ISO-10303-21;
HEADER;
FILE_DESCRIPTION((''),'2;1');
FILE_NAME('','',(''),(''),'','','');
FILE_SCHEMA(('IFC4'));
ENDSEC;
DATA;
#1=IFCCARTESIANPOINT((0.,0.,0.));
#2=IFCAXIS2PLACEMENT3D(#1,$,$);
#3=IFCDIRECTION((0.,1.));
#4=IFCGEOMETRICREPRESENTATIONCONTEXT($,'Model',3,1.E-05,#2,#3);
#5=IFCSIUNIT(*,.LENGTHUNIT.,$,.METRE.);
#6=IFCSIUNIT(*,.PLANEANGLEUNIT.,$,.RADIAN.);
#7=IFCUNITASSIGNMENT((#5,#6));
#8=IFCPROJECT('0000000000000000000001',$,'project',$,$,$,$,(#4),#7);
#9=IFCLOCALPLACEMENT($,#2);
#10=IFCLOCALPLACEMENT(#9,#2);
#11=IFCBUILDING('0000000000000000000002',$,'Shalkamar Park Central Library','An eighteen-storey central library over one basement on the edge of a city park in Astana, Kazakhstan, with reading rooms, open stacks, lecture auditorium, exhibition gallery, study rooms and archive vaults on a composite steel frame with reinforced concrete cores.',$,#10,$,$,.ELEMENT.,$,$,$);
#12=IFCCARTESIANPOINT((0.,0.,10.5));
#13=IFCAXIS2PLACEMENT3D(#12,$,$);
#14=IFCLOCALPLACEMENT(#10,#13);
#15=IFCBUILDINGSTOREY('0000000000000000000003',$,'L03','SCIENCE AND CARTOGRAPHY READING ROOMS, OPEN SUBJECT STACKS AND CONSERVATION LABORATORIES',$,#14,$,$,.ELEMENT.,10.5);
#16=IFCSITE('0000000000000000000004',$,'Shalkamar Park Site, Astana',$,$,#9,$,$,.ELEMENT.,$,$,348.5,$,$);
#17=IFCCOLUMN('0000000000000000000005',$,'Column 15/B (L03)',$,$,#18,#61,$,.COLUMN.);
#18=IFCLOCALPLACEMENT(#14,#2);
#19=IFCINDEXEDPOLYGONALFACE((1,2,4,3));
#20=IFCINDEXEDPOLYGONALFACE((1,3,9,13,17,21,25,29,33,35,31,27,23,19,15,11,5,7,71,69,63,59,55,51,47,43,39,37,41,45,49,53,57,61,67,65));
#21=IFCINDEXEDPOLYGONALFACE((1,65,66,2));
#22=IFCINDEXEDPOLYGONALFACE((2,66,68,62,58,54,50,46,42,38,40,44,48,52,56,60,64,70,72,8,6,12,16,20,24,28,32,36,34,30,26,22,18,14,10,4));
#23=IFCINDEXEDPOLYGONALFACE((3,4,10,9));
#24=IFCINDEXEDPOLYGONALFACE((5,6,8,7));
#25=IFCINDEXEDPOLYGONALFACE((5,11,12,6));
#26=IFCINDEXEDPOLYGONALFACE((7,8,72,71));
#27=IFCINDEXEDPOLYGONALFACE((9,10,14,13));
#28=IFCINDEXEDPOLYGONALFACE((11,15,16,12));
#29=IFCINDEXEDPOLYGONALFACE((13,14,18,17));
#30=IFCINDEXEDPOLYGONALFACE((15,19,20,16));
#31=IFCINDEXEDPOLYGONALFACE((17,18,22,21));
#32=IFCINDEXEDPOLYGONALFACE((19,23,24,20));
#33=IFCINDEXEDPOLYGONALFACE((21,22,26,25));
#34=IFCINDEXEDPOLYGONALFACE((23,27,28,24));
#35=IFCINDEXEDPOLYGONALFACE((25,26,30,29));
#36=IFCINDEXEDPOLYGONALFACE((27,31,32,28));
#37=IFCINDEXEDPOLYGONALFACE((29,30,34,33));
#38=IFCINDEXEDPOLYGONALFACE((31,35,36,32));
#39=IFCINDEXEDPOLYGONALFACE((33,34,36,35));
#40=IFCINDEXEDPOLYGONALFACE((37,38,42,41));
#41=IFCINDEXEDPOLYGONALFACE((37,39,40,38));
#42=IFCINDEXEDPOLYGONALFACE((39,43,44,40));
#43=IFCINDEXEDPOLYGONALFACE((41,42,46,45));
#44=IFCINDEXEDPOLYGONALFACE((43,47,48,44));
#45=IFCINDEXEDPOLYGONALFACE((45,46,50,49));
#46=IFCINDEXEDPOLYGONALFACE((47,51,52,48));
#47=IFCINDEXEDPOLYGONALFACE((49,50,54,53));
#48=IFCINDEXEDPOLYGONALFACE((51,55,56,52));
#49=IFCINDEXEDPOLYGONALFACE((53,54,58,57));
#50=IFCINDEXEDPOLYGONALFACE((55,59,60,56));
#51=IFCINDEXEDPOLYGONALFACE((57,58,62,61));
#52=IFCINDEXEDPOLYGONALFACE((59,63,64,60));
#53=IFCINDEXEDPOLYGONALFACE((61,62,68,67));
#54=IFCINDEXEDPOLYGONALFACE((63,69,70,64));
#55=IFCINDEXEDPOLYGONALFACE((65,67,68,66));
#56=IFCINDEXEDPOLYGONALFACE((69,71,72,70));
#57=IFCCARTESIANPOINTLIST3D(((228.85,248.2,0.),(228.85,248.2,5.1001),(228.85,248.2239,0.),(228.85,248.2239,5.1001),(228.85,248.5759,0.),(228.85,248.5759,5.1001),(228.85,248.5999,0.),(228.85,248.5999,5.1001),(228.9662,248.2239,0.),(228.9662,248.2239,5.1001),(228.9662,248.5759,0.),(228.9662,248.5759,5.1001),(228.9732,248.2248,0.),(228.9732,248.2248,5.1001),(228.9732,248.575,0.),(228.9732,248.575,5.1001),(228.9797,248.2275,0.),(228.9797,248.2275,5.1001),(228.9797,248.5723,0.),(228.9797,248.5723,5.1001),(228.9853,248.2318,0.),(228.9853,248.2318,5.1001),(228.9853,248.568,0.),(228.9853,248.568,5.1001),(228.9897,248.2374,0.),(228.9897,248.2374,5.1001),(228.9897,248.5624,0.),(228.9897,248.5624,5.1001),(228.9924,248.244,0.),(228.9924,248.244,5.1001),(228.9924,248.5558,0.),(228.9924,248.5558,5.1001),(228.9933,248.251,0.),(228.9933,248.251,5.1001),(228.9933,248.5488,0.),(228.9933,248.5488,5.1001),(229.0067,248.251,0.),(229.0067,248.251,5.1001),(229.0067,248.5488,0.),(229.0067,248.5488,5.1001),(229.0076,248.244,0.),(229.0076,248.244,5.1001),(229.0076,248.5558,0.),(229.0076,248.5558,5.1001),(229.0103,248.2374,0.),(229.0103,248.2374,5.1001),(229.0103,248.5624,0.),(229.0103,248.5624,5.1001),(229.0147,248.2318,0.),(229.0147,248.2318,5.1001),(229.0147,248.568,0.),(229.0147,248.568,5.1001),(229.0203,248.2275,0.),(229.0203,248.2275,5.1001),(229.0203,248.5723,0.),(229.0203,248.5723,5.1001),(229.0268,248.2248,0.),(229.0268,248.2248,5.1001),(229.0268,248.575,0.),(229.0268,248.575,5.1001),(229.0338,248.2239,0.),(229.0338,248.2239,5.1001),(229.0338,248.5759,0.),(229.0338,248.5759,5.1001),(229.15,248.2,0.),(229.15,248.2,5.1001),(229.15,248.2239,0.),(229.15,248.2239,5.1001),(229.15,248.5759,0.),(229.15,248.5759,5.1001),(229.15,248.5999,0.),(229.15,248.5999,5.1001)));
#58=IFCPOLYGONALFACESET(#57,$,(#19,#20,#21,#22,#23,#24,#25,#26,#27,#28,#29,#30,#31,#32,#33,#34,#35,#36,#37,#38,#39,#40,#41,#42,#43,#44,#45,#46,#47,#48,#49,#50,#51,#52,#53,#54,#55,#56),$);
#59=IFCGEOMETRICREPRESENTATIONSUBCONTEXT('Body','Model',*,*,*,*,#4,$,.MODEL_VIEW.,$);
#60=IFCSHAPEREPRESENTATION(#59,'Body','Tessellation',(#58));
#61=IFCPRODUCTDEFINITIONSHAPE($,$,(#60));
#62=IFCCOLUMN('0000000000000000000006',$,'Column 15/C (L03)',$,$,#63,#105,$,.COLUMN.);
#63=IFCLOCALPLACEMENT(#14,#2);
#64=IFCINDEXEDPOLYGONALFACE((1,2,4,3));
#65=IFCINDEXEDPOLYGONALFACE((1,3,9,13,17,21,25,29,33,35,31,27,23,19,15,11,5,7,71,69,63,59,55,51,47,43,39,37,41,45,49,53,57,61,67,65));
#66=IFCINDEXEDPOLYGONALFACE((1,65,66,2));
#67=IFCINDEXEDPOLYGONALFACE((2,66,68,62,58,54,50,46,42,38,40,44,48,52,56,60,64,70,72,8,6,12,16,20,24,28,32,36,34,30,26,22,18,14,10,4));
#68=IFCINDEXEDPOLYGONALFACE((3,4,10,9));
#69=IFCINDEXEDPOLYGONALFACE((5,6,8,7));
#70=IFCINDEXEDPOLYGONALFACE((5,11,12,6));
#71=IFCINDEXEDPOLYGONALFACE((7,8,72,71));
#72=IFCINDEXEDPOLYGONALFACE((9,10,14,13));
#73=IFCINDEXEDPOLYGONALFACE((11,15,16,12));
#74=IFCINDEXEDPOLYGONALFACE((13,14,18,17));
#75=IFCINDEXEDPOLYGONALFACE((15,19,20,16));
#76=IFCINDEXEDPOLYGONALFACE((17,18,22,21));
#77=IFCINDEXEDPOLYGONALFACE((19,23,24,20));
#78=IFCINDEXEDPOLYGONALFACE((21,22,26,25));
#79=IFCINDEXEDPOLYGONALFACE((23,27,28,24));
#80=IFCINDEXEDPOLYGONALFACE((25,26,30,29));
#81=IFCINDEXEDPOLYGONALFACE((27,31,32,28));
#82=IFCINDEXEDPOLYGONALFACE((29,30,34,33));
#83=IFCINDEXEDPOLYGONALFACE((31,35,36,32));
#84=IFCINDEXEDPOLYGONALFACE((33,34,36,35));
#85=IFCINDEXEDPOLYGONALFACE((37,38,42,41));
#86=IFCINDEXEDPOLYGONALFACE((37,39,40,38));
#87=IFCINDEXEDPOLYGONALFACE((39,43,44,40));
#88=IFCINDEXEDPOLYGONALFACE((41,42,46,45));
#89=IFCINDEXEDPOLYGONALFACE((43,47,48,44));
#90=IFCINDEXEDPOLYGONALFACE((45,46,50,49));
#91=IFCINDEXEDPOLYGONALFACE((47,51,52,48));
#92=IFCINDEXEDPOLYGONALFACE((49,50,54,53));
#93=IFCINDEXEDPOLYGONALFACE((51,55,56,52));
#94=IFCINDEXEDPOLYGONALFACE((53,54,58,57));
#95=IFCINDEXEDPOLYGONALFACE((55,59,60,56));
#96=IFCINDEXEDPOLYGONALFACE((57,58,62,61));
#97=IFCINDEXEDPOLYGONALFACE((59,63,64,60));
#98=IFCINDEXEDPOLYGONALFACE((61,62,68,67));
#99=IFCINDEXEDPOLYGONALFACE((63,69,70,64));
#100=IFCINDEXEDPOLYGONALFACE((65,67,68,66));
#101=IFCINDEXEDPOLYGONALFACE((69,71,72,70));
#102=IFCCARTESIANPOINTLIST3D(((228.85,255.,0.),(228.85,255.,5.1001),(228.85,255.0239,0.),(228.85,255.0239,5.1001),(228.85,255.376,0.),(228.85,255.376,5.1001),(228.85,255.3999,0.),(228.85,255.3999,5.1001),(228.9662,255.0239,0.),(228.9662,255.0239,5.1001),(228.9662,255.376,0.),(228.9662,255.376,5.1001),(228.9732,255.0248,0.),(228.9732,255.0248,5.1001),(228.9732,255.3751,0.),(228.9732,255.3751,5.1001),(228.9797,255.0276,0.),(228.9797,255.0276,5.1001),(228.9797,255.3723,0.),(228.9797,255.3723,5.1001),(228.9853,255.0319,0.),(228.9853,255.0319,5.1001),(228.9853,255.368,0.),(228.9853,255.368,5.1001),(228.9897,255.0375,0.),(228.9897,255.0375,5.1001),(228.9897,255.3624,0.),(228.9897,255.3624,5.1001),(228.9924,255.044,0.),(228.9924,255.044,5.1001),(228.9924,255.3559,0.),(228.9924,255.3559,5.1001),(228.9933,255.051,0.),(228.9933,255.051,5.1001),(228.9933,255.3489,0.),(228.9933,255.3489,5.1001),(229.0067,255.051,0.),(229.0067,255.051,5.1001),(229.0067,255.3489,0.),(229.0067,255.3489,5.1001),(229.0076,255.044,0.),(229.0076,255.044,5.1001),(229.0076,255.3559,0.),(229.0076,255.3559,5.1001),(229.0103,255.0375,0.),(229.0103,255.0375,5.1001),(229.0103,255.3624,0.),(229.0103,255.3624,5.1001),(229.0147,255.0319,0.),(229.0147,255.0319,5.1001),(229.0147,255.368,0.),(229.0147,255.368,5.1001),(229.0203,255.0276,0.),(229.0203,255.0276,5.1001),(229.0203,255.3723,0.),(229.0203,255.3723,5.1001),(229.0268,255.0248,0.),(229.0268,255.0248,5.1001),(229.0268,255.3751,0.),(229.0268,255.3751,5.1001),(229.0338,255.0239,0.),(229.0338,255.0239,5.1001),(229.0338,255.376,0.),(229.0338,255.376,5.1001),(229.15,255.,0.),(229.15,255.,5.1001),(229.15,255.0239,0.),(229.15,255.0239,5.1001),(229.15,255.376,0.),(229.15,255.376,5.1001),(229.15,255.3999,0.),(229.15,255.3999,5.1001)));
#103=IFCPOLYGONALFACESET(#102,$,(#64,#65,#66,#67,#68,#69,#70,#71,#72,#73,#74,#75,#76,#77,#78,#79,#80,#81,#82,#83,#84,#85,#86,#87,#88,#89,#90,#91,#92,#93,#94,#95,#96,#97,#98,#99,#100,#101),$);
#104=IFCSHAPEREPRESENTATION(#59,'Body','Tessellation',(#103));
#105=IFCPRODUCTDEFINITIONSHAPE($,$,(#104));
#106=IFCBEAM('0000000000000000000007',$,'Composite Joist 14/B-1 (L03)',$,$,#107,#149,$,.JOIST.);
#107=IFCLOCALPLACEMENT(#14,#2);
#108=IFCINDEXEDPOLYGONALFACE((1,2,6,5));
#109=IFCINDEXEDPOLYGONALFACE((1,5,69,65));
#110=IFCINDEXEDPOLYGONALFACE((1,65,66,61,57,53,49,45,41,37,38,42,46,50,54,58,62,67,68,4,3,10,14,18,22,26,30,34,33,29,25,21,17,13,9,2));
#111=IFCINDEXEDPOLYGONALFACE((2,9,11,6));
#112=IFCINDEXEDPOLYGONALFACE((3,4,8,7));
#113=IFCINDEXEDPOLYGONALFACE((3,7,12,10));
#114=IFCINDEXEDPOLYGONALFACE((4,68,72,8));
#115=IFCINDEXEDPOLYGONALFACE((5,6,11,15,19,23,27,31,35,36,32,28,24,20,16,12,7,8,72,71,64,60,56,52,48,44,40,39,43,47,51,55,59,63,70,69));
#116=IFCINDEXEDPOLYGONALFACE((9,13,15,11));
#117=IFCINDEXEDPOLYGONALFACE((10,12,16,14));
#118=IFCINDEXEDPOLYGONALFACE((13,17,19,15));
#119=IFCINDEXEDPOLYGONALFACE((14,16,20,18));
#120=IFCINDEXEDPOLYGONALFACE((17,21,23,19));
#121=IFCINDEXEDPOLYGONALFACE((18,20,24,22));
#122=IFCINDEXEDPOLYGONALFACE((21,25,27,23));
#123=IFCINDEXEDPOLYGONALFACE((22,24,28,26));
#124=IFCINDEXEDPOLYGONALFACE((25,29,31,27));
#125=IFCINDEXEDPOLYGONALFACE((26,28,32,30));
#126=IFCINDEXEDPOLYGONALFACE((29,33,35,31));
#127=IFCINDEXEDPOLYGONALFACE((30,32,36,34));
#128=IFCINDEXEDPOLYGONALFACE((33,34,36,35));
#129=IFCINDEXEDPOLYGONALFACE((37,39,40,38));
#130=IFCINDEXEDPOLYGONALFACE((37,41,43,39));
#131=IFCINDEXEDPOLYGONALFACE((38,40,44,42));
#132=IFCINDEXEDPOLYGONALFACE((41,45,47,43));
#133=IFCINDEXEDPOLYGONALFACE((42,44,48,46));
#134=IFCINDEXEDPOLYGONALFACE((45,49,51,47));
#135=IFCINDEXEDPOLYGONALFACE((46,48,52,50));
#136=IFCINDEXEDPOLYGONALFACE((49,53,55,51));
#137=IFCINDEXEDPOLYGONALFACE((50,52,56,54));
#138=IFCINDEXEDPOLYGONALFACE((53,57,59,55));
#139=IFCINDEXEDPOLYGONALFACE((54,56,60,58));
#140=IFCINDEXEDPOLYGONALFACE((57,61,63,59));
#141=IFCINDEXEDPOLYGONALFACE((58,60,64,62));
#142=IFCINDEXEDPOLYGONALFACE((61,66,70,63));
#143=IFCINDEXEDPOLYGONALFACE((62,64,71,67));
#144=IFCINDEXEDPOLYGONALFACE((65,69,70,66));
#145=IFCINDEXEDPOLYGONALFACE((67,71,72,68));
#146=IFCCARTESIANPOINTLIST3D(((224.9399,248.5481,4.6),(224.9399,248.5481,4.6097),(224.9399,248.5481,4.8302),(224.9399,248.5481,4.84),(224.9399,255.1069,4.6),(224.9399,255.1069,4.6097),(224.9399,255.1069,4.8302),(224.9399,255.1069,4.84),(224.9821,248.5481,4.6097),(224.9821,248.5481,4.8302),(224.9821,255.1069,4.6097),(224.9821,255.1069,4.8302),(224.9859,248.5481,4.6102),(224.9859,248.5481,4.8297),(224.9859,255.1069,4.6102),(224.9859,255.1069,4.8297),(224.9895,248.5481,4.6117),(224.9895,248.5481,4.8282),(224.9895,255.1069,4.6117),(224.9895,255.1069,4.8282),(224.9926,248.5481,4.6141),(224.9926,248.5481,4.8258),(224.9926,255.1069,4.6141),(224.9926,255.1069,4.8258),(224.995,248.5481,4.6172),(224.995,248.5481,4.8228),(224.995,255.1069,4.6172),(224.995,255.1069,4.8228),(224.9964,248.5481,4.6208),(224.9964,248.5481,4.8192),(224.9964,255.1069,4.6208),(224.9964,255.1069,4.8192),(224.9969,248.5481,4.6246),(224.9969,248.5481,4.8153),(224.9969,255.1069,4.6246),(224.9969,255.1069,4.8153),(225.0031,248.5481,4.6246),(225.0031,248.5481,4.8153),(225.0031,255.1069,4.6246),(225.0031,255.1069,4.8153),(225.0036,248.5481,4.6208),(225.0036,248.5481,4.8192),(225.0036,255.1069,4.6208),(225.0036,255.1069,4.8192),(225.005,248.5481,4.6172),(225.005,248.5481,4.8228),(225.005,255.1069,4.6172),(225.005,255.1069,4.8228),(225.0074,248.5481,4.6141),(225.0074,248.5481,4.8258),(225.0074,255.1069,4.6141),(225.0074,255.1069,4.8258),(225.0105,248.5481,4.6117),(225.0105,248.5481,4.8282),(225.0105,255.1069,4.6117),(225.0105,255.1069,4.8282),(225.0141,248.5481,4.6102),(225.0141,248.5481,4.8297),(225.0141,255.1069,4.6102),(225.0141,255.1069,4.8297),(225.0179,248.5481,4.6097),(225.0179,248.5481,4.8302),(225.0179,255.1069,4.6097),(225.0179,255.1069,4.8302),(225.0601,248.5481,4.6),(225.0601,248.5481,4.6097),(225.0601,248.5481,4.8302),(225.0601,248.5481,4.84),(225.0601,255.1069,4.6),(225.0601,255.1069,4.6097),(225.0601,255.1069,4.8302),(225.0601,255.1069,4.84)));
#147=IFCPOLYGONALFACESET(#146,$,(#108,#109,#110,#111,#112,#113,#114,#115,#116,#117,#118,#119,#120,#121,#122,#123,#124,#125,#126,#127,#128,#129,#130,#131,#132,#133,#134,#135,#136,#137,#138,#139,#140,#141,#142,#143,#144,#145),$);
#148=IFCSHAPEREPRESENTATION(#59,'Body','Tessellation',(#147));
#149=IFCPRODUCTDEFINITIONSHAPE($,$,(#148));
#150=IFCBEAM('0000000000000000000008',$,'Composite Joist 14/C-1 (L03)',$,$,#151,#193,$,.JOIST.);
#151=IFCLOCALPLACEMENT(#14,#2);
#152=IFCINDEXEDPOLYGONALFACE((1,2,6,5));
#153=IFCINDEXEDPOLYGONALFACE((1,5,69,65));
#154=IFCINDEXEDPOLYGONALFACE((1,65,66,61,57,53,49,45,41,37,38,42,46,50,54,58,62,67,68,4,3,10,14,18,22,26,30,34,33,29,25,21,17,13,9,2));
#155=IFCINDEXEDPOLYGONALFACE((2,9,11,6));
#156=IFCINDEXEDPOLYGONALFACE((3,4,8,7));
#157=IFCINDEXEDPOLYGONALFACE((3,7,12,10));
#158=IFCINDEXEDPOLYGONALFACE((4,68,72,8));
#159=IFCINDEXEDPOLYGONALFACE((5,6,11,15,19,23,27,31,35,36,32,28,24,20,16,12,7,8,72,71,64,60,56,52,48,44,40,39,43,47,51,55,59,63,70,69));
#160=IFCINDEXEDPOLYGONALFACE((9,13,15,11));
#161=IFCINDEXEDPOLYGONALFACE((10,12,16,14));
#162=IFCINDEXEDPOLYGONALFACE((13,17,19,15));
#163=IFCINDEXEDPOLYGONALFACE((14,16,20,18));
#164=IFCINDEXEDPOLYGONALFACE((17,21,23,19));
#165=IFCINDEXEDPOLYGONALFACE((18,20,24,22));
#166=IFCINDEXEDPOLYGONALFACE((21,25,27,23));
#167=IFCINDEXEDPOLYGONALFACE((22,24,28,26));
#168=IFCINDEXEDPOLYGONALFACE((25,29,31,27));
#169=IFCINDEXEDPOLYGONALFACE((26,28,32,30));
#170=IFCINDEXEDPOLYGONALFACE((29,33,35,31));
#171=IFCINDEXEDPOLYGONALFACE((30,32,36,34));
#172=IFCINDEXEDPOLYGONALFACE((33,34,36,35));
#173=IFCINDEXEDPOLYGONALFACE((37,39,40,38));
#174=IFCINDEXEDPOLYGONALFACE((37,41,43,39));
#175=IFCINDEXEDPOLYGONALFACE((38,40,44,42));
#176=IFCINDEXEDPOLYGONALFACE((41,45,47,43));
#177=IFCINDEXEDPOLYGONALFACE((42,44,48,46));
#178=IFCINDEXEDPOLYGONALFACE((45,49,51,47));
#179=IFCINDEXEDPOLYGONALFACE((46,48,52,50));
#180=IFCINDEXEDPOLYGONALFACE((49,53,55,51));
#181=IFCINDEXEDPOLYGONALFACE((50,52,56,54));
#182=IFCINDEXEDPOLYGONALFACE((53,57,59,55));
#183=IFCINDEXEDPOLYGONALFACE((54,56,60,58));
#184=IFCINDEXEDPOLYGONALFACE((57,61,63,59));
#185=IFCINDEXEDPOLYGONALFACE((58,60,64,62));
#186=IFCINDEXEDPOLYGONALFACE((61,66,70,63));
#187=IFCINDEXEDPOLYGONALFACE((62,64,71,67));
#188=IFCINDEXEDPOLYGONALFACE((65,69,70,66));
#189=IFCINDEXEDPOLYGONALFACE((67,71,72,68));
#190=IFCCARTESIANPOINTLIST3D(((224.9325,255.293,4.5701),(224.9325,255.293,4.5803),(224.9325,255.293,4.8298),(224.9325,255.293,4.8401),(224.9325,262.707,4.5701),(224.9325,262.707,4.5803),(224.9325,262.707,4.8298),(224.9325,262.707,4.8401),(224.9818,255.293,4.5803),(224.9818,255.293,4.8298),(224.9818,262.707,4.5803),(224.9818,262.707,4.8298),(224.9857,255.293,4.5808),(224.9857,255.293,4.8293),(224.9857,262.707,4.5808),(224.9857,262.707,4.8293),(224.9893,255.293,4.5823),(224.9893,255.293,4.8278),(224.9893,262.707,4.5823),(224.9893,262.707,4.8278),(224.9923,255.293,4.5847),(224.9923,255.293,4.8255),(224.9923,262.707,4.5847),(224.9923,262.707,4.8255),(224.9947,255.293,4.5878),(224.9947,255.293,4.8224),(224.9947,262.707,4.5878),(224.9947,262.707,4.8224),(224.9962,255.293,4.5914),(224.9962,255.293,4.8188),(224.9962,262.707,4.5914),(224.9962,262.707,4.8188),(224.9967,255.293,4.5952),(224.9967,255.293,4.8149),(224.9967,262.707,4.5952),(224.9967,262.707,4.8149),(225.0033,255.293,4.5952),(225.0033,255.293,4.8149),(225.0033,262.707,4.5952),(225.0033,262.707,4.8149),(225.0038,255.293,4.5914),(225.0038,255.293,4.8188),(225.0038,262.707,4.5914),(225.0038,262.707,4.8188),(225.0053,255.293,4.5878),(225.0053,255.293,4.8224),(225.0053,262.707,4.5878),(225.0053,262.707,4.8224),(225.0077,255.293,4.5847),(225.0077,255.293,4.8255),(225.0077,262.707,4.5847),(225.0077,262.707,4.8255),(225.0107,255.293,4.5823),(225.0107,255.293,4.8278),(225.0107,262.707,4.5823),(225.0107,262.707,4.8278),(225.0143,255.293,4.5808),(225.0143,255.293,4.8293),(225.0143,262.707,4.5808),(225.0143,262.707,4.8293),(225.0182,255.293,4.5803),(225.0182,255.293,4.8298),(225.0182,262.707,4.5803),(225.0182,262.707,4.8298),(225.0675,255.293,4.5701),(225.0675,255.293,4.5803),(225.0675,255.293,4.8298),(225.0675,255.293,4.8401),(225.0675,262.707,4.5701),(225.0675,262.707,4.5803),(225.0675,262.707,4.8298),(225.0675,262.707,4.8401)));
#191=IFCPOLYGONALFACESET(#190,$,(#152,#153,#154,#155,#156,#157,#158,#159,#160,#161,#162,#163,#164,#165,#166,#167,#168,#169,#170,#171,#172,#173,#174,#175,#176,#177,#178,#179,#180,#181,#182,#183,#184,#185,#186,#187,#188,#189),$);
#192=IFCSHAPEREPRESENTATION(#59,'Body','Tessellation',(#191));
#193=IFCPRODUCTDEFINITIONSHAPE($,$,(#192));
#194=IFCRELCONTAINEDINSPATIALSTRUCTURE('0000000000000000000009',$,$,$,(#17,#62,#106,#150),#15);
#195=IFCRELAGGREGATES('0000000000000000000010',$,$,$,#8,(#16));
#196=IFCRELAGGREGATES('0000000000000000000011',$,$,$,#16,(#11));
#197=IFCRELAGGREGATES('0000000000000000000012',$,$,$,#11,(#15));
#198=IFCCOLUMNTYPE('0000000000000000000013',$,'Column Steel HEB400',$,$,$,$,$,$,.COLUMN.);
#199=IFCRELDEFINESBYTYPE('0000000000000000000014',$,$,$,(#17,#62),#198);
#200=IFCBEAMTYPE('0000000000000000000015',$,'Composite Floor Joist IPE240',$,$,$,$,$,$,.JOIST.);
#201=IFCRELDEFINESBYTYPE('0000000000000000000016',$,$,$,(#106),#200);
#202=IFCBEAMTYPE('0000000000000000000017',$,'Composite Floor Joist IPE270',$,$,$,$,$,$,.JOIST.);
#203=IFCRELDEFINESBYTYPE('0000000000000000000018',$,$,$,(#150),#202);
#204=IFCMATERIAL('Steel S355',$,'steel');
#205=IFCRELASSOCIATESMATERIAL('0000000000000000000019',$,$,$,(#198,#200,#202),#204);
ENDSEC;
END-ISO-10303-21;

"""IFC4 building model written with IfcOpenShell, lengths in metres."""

from ifc_helpers import new_model, si_unit, direction, frame, origin, origin_2d, place, context, subcontext, project, spatial, i_section, extrude, material, material_profile, profile_set, type_object, element, save


model = new_model("IFC4")

# Units and contexts
model_context = context("Model", 3, precision=1e-05, world=origin(), true_north=direction((0.0, 1.0)))
body_context = subcontext(model_context, "Body", "Model", "MODEL_VIEW")
ifc_project = project(units=[si_unit("LENGTHUNIT", "METRE"), si_unit("PLANEANGLEUNIT", "RADIAN")], contexts=[model_context])

# Site, building, storey
site_placement = place(None, origin())
site = spatial("IfcSite", under=ifc_project, at=site_placement, Name="Shalkamar Park Site, Astana", CompositionType="ELEMENT", RefElevation=348.5)
building_placement = place(site_placement, origin())
building = spatial("IfcBuilding", under=site, at=building_placement, Name="Shalkamar Park Central Library", Description="An eighteen-storey central library over one basement on the edge of a city park in Astana, Kazakhstan, with reading rooms, open stacks, lecture auditorium, exhibition gallery, study rooms and archive vaults on a composite steel frame with reinforced concrete cores.", CompositionType="ELEMENT")
storey_placement = place(building_placement, frame((0.0, 0.0, 10.5)))
storey = spatial("IfcBuildingStorey", under=building, at=storey_placement, Name="L03", Description="SCIENCE AND CARTOGRAPHY READING ROOMS, OPEN SUBJECT STACKS AND CONSERVATION LABORATORIES", CompositionType="ELEMENT", Elevation=10.5)

# Columns
ifc_material_1 = material(Name="Steel S355", Category="steel")
ifc_material_profile_1 = material_profile(ifc_material_1, i_section(OverallWidth=0.3, OverallDepth=0.3999, WebThickness=0.0134, FlangeThickness=0.0239, FilletRadius=0.0271, at=origin_2d()), Name="HEB 400")
ifc_profile_set_1 = profile_set([ifc_material_profile_1], Name="Steel S355")
column_type = type_object("IfcColumnType", Name="Column Steel HEB400", PredefinedType="COLUMN", material=ifc_profile_set_1)
for number, where, z_axis, x_axis, name in (
    (1, (229.0, 248.3999, 0.0), (0.0, 0.0, 1.0), (1.0, 0.0, 0.0), "Column 15/B (L03)"),
    (2, (229.0, 255.2, 0.0), (0.0, 0.0, 1.0), (1.0, 0.0, 0.0), "Column 15/C (L03)"),
):
    element("IfcColumn", number, at=place(storey_placement, frame(where, z_axis=z_axis, x_axis=x_axis)), inside=storey, type_object=column_type, Name=name, PredefinedType="COLUMN", context=body_context, shape_type="SweptSolid", body=[
        extrude(i_section(OverallWidth=0.3, OverallDepth=0.3999, WebThickness=0.0134, FlangeThickness=0.0239, FilletRadius=0.0271, at=origin_2d()), origin(), (0.0, 0.0, 1.0), 5.1001),
    ])

# Beams
ifc_material_profile_2 = material_profile(ifc_material_1, i_section(OverallWidth=0.1201, OverallDepth=0.24, WebThickness=0.0061, FlangeThickness=0.0098, FilletRadius=0.0149, at=origin_2d()), Name="IPE 240")
ifc_profile_set_2 = profile_set([ifc_material_profile_2], Name="Steel S355")
beam_type_1 = type_object("IfcBeamType", Name="Composite Floor Joist IPE240", PredefinedType="JOIST", material=ifc_profile_set_2)
beam_1_placement = place(storey_placement, frame((225.0, 248.5481, 4.72), z_axis=(0.0, 1.0, 0.0), x_axis=(-1.0, 0.0, 0.0)))
element("IfcBeam", 3, at=beam_1_placement, inside=storey, type_object=beam_type_1, Name="Composite Joist 14/B-1 (L03)", PredefinedType="JOIST", context=body_context, shape_type="SweptSolid", body=[
    extrude(i_section(OverallWidth=0.1201, OverallDepth=0.24, WebThickness=0.0061, FlangeThickness=0.0098, FilletRadius=0.0149, at=origin_2d()), origin(), (0.0, 0.0, 1.0), 6.5588),
])
ifc_material_profile_3 = material_profile(ifc_material_1, i_section(OverallWidth=0.135, OverallDepth=0.27, WebThickness=0.0066, FlangeThickness=0.0103, FilletRadius=0.0149, at=origin_2d()), Name="IPE 270")
ifc_profile_set_3 = profile_set([ifc_material_profile_3], Name="Steel S355")
beam_type_2 = type_object("IfcBeamType", Name="Composite Floor Joist IPE270", PredefinedType="JOIST", material=ifc_profile_set_3)
beam_2_placement = place(storey_placement, frame((225.0, 255.293, 4.7051), z_axis=(0.0, 1.0, 0.0), x_axis=(-1.0, 0.0, 0.0)))
element("IfcBeam", 4, at=beam_2_placement, inside=storey, type_object=beam_type_2, Name="Composite Joist 14/C-1 (L03)", PredefinedType="JOIST", context=body_context, shape_type="SweptSolid", body=[
    extrude(i_section(OverallWidth=0.135, OverallDepth=0.27, WebThickness=0.0066, FlangeThickness=0.0103, FilletRadius=0.0149, at=origin_2d()), origin(), (0.0, 0.0, 1.0), 7.4141),
])

save(model, "model.ifc")
